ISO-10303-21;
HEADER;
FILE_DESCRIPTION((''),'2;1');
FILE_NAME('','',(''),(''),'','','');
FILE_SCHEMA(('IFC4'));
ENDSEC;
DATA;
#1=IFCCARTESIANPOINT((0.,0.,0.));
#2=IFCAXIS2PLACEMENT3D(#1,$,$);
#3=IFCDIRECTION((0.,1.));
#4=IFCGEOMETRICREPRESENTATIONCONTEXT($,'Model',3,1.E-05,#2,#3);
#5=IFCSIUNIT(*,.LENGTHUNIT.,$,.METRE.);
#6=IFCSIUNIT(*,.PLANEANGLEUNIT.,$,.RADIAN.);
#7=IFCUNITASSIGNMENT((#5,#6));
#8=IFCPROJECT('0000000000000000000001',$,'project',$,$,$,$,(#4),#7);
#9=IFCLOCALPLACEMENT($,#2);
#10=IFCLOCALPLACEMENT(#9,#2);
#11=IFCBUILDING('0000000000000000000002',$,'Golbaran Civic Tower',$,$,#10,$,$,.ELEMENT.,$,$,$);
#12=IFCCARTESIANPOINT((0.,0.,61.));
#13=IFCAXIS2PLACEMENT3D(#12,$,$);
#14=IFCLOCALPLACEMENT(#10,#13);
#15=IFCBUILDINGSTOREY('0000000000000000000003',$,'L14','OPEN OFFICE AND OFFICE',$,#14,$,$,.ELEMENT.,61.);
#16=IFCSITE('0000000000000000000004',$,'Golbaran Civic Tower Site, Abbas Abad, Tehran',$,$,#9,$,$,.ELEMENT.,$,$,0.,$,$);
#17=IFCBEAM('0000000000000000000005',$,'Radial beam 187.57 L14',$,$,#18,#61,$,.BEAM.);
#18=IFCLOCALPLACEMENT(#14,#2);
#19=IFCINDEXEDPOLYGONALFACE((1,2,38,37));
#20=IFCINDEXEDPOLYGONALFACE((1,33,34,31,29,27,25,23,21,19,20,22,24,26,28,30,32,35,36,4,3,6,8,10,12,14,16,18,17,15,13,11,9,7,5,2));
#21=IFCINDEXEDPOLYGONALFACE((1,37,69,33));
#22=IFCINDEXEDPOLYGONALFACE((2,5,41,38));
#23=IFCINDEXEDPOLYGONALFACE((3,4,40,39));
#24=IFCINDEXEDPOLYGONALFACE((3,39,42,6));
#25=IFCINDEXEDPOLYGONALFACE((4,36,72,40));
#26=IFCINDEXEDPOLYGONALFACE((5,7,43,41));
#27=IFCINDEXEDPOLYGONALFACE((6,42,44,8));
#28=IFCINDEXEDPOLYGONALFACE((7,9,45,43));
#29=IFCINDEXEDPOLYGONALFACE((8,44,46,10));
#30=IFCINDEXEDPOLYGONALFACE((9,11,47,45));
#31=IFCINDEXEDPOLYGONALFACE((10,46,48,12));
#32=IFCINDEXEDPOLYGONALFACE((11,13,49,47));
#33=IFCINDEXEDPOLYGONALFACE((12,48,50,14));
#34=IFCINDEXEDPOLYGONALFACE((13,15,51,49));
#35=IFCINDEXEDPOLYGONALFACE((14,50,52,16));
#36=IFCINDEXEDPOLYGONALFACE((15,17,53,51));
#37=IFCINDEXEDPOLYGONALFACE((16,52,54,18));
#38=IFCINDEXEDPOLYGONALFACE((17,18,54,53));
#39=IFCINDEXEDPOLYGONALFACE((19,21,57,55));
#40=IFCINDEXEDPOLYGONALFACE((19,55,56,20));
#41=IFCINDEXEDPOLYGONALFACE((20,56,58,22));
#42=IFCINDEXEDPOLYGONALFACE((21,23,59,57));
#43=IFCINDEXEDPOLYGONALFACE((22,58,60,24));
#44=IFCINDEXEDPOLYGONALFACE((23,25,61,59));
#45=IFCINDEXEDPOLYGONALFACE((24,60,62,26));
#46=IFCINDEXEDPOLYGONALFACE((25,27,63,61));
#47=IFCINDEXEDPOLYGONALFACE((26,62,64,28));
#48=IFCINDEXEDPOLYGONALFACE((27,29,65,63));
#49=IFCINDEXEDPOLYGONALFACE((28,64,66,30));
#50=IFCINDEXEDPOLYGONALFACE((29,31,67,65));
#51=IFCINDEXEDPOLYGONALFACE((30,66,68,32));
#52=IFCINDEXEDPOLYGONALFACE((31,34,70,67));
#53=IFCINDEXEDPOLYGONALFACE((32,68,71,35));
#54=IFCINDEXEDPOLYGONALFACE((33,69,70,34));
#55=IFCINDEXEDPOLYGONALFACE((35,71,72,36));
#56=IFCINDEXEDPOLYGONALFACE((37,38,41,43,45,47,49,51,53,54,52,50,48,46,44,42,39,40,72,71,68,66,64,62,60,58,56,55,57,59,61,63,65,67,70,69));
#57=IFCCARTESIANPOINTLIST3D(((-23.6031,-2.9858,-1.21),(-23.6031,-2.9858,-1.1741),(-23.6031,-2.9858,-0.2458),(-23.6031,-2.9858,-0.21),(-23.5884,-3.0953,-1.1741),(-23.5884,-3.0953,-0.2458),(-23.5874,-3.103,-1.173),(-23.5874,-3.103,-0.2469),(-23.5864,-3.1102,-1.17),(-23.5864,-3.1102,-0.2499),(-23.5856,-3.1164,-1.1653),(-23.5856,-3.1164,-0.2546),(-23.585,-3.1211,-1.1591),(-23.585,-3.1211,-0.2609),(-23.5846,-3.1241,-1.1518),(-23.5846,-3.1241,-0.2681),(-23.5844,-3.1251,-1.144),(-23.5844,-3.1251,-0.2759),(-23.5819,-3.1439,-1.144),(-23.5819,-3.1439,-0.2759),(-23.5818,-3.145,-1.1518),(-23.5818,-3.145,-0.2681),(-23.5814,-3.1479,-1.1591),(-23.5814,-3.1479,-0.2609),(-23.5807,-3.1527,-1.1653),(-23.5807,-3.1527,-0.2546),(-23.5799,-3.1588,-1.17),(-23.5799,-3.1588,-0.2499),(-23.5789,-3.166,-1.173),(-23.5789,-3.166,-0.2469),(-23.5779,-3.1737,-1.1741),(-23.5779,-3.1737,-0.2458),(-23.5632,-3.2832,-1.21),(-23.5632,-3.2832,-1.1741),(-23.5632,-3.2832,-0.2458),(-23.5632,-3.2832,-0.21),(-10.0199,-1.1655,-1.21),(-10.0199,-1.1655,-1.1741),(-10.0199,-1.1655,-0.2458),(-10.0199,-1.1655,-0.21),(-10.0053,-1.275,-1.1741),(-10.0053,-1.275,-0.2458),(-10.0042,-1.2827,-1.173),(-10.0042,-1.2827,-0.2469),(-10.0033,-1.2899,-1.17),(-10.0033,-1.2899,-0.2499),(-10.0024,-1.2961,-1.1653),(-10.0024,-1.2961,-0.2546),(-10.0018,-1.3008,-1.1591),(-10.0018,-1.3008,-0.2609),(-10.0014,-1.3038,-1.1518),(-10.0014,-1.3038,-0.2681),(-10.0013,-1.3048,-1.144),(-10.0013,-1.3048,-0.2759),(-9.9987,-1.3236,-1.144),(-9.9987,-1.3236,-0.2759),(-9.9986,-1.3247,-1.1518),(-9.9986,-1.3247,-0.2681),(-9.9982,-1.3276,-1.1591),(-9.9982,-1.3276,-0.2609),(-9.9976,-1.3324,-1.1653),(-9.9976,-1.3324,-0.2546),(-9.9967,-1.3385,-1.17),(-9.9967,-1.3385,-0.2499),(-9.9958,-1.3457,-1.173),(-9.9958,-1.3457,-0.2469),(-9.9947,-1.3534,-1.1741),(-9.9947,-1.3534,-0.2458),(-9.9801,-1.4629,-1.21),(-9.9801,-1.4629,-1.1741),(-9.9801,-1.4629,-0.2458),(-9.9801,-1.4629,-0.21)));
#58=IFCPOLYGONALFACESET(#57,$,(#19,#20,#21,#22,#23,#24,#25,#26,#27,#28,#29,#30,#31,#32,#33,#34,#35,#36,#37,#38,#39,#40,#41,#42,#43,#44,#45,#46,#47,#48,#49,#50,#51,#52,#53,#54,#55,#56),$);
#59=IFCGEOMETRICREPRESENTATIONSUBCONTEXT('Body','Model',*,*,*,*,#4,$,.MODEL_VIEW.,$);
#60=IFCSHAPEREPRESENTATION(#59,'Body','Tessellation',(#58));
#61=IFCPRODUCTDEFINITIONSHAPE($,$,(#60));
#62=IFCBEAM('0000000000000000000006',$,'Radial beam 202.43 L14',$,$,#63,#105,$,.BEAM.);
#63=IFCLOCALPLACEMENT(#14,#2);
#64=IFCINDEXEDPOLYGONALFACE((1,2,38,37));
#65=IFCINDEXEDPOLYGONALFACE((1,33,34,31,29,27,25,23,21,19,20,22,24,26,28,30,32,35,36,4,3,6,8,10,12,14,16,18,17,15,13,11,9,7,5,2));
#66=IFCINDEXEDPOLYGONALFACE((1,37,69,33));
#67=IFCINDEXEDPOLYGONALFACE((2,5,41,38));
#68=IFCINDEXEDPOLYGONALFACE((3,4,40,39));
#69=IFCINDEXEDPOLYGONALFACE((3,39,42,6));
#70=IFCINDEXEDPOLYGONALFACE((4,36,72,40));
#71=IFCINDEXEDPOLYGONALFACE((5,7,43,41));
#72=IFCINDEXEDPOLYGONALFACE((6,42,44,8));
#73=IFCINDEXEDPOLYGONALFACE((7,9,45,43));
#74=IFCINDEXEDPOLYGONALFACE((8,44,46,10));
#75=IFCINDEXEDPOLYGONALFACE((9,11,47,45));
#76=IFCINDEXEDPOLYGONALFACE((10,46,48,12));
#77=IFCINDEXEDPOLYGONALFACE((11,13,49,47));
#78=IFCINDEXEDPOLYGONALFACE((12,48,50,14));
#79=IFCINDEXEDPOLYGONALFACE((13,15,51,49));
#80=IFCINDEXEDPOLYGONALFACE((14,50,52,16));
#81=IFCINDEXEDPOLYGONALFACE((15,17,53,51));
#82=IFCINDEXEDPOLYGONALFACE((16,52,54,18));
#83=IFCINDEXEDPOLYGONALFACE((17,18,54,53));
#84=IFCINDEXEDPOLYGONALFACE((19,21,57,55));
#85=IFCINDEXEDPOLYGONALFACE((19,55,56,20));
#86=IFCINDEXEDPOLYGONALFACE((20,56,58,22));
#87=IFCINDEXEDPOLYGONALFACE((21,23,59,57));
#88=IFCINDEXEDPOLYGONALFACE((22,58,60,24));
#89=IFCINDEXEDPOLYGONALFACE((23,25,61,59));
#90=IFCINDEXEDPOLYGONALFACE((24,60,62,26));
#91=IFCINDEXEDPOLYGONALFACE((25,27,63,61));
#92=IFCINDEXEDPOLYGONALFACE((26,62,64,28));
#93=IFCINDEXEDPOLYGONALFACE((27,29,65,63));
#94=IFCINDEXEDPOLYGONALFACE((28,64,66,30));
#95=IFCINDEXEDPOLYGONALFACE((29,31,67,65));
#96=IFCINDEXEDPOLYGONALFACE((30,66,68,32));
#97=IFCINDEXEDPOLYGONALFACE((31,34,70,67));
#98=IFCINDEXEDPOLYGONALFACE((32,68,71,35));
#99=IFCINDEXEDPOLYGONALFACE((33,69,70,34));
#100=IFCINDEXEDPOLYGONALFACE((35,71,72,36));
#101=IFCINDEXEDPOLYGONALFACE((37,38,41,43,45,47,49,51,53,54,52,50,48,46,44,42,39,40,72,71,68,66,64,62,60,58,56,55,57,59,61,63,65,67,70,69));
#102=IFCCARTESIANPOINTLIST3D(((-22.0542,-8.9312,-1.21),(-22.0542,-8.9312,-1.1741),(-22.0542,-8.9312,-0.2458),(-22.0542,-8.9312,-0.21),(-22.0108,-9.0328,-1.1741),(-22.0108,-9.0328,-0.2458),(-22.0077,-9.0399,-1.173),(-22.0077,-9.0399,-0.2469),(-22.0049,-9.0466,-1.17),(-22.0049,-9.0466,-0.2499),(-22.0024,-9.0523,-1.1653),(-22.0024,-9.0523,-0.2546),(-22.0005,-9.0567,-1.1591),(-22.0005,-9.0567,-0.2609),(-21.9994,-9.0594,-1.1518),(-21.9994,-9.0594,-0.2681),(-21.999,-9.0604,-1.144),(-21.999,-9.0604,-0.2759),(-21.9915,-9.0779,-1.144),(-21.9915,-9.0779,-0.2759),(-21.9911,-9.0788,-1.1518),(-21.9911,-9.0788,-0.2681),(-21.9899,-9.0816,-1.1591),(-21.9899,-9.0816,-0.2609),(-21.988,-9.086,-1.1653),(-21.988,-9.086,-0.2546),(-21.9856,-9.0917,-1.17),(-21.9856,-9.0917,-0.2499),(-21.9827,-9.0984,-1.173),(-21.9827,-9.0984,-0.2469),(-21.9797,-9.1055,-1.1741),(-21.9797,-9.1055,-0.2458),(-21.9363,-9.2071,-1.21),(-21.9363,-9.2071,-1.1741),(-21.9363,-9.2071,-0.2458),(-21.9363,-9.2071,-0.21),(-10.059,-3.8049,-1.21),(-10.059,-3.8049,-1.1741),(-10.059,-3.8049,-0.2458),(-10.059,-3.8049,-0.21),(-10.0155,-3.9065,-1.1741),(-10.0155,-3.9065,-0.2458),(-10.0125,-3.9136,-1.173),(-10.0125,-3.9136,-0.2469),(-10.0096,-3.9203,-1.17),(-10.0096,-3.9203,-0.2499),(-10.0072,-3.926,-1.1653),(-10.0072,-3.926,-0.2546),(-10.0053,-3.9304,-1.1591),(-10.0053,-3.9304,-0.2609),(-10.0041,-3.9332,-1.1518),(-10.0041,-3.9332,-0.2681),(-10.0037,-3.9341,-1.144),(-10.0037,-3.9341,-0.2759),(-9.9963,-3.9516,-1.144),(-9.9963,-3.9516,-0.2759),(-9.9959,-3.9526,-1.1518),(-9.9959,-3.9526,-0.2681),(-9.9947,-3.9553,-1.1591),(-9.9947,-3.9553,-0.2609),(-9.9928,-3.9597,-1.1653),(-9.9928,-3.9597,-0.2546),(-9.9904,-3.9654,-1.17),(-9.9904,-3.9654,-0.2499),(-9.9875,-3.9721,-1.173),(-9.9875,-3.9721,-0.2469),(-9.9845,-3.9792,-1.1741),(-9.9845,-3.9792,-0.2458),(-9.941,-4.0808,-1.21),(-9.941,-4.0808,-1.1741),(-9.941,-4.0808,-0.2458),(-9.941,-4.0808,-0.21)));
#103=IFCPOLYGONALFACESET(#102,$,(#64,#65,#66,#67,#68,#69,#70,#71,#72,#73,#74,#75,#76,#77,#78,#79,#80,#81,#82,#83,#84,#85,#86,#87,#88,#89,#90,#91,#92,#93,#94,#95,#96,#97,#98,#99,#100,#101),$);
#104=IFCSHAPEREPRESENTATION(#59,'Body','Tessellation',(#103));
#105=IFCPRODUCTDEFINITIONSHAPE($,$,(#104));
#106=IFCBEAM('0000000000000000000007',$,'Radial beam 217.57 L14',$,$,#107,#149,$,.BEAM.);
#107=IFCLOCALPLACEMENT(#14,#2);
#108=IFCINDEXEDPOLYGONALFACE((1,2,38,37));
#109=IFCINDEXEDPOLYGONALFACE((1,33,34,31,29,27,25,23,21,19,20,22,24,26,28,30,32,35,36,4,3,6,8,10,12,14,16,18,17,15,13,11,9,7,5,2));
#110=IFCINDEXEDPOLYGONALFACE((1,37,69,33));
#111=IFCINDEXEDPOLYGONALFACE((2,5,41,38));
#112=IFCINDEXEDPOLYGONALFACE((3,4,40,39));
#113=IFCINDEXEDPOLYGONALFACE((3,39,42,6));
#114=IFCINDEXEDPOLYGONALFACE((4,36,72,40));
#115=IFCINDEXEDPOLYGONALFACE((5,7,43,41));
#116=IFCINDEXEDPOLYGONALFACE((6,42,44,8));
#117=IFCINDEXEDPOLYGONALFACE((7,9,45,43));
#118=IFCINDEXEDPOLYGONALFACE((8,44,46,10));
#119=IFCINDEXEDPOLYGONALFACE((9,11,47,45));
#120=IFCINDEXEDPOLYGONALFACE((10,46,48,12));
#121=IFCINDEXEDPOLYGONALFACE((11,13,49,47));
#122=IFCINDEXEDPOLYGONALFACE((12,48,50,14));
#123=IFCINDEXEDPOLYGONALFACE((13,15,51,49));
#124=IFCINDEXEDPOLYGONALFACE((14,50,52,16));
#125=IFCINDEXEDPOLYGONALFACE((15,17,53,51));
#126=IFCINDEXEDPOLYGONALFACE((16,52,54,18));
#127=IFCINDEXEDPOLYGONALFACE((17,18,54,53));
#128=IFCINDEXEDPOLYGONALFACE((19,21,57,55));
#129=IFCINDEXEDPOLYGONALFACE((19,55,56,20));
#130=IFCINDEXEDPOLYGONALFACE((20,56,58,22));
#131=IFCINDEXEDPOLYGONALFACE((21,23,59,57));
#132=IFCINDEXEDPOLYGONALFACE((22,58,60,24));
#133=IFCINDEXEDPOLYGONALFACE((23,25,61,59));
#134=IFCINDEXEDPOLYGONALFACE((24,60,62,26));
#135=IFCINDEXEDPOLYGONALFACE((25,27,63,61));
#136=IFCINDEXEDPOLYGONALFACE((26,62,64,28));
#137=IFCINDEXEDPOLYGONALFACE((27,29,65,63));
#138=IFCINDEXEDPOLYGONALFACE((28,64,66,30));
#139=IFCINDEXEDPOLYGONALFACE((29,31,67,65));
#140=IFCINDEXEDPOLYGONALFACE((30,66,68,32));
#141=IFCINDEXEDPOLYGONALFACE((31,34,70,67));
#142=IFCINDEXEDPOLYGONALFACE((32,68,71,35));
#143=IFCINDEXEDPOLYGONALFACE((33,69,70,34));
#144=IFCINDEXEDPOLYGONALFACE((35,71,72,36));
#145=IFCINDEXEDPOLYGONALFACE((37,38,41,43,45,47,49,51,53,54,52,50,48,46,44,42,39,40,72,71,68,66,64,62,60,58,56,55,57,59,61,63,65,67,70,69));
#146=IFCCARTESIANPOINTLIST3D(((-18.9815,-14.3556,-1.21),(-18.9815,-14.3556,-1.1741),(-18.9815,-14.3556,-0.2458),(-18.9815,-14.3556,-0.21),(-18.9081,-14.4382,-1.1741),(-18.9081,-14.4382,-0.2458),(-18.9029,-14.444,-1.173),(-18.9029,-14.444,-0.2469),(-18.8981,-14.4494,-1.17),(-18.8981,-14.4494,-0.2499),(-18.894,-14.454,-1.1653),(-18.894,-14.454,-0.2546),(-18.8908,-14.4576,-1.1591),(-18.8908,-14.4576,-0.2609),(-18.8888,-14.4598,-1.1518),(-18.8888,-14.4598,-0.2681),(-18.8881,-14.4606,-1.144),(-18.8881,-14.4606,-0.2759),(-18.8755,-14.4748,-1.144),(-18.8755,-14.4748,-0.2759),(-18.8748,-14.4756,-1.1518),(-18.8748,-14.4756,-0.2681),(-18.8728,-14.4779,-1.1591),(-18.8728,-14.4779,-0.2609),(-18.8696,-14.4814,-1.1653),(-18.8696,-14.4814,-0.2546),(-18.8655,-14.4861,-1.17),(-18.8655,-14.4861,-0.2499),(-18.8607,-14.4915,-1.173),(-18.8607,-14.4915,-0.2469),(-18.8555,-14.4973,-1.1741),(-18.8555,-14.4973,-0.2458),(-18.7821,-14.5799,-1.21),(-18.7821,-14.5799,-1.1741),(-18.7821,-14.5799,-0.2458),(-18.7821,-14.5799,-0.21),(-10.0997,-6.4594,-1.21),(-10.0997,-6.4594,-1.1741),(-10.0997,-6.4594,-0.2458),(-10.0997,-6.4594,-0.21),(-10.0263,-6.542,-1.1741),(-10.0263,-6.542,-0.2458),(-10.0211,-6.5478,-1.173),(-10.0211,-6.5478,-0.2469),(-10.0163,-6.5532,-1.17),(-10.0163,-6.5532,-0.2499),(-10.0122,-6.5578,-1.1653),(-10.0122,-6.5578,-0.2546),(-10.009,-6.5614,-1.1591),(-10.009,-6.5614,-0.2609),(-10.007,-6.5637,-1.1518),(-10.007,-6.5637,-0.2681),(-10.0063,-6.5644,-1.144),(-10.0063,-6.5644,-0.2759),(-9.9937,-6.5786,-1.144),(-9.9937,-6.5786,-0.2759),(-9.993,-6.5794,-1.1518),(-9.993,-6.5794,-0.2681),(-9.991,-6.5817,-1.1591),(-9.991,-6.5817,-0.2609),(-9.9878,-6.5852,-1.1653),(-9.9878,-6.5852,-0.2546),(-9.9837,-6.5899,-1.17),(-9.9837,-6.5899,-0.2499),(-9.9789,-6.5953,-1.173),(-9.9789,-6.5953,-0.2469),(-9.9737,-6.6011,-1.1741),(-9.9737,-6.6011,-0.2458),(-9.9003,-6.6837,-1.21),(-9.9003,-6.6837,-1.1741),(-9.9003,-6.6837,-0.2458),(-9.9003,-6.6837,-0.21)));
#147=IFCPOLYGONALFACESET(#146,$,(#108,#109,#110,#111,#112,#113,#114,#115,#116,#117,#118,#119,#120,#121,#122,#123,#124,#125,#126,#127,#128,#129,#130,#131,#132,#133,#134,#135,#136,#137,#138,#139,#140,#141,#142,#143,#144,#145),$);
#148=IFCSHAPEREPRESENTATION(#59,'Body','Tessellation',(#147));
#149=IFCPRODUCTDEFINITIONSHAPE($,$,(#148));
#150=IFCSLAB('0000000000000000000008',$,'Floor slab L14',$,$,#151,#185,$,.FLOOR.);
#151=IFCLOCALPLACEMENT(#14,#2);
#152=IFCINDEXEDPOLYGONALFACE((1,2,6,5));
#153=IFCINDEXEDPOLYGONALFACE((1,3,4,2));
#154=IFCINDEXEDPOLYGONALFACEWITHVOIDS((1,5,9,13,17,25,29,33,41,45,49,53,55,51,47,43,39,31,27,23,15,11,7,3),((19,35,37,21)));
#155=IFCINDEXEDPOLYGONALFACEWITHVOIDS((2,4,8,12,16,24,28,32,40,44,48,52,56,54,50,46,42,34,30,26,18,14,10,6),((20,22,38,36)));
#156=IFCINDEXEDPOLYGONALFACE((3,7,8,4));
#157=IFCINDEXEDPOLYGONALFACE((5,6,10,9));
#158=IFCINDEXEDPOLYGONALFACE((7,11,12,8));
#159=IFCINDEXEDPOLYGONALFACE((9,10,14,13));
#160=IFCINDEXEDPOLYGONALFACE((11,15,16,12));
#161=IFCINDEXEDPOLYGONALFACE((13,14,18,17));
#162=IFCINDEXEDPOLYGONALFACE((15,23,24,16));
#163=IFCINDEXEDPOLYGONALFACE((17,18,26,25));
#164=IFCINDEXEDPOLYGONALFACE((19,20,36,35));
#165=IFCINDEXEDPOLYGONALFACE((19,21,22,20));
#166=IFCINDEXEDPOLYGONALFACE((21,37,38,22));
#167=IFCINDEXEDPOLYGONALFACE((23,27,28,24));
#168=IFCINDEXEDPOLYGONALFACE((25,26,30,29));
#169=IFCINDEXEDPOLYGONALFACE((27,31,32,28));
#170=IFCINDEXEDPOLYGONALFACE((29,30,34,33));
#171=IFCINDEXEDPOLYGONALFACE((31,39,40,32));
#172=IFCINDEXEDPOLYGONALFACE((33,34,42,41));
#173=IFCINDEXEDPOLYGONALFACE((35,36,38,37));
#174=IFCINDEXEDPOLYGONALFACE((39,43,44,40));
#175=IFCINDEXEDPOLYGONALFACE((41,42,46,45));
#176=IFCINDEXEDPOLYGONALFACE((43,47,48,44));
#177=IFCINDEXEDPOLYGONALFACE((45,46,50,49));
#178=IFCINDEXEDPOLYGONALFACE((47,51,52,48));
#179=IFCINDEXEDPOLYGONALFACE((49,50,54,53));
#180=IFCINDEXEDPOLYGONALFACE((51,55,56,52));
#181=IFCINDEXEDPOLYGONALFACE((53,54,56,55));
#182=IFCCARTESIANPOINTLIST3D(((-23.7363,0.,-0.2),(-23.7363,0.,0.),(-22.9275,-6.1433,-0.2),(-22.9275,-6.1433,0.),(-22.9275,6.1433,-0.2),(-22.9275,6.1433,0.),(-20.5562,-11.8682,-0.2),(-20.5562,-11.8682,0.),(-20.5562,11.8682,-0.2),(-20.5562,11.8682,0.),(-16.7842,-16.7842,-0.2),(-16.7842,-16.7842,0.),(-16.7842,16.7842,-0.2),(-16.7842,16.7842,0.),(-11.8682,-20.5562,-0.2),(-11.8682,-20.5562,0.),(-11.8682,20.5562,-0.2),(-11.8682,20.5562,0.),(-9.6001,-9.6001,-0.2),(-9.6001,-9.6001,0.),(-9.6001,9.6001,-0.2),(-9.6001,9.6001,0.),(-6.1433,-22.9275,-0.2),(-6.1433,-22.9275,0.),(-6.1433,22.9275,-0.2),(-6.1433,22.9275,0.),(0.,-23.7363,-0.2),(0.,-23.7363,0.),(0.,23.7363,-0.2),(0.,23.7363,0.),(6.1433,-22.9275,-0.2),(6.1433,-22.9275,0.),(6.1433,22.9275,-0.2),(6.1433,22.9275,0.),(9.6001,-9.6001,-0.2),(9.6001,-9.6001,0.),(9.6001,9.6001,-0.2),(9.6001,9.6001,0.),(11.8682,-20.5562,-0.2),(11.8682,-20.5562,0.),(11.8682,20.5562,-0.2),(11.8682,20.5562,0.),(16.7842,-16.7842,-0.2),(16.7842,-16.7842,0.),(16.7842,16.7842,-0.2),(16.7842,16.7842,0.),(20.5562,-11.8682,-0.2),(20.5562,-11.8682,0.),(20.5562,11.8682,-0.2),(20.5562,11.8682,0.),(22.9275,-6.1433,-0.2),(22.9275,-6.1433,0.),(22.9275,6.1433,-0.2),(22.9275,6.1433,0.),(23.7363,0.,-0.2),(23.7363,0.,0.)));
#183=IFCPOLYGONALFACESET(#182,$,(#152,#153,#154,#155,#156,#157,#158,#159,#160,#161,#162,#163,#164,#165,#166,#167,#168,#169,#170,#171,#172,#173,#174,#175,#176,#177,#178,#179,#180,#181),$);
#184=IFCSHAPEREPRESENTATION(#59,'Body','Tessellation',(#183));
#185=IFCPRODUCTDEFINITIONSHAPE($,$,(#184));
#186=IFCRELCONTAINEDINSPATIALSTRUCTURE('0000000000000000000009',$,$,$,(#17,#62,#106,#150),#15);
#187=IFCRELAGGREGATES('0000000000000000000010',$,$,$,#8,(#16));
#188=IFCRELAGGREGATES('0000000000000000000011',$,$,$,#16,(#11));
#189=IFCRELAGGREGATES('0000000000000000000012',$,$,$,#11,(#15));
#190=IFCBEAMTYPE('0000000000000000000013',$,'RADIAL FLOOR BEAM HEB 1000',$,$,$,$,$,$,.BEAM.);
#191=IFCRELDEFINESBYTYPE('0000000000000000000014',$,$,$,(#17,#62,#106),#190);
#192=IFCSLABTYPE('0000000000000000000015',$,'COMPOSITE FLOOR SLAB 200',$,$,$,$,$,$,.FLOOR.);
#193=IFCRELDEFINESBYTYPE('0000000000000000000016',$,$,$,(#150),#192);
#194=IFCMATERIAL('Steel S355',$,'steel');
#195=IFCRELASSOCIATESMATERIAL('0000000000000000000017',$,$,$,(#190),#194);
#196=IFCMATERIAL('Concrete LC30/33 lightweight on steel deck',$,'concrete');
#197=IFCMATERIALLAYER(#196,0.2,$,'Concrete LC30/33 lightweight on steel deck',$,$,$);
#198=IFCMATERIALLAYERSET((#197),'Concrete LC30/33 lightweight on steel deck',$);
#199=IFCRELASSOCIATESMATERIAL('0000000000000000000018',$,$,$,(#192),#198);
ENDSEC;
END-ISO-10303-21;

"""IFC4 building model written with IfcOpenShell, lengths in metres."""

from ifc_helpers import new_model, si_unit, direction, frame, origin, origin_2d, place, context, subcontext, project, spatial, polyline, i_section, outline, extrude, material, layer, layer_set, material_profile, profile_set, type_object, element, save


model = new_model("IFC4")

# Units and contexts
model_context = context("Model", 3, precision=1e-05, world=origin(), true_north=direction((0.0, 1.0)))
body_context = subcontext(model_context, "Body", "Model", "MODEL_VIEW")
ifc_project = project(units=[si_unit("LENGTHUNIT", "METRE"), si_unit("PLANEANGLEUNIT", "RADIAN")], contexts=[model_context])

# Site, building, storey
site_placement = place(None, origin())
site = spatial("IfcSite", under=ifc_project, at=site_placement, Name="Golbaran Civic Tower Site, Abbas Abad, Tehran", CompositionType="ELEMENT", RefElevation=0.0)
building_placement = place(site_placement, origin())
building = spatial("IfcBuilding", under=site, at=building_placement, Name="Golbaran Civic Tower", CompositionType="ELEMENT")
storey_placement = place(building_placement, frame((0.0, 0.0, 61.0)))
storey = spatial("IfcBuildingStorey", under=building, at=storey_placement, Name="L14", Description="OPEN OFFICE AND OFFICE", CompositionType="ELEMENT", Elevation=61.0)

# Beams
ifc_material_1 = material(Name="Steel S355", Category="steel")
ifc_material_profile = material_profile(ifc_material_1, i_section(OverallWidth=0.3, OverallDepth=1.0, WebThickness=0.019, FlangeThickness=0.0359, FilletRadius=0.03, at=origin_2d()), Name="HEB 1000")
ifc_profile_set = profile_set([ifc_material_profile], Name="Steel S355")
beam_type = type_object("IfcBeamType", Name="RADIAL FLOOR BEAM HEB 1000", PredefinedType="BEAM", material=ifc_profile_set)
beam_1_placement = place(storey_placement, frame((-10.0, -1.3142, -0.71), z_axis=(-0.99114, -0.132824, 0.0), x_axis=(0.132824, -0.99114, 0.0)))
element("IfcBeam", 1, at=beam_1_placement, inside=storey, type_object=beam_type, Name="Radial beam 187.57 L14", PredefinedType="BEAM", context=body_context, shape_type="SweptSolid", body=[
    extrude(i_section(OverallWidth=0.3, OverallDepth=1.0, WebThickness=0.019, FlangeThickness=0.0359, FilletRadius=0.03, at=origin_2d()), origin(), (0.0, 0.0, 1.0), 13.7046),
])
beam_2_placement = place(storey_placement, frame((-10.0, -3.9429, -0.71), z_axis=(-0.919548, -0.392977, 0.0), x_axis=(0.392977, -0.919548, 0.0)))
element("IfcBeam", 2, at=beam_2_placement, inside=storey, type_object=beam_type, Name="Radial beam 202.43 L14", PredefinedType="BEAM", context=body_context, shape_type="SweptSolid", body=[
    extrude(i_section(OverallWidth=0.3, OverallDepth=1.0, WebThickness=0.019, FlangeThickness=0.0359, FilletRadius=0.03, at=origin_2d()), origin(), (0.0, 0.0, 1.0), 13.0447),
])
beam_3_placement = place(storey_placement, frame((-10.0, -6.5715, -0.71), z_axis=(-0.747356, -0.664424, 0.0), x_axis=(0.664424, -0.747356, 0.0)))
element("IfcBeam", 3, at=beam_3_placement, inside=storey, type_object=beam_type, Name="Radial beam 217.57 L14", PredefinedType="BEAM", context=body_context, shape_type="SweptSolid", body=[
    extrude(i_section(OverallWidth=0.3, OverallDepth=1.0, WebThickness=0.019, FlangeThickness=0.0359, FilletRadius=0.03, at=origin_2d()), origin(), (0.0, 0.0, 1.0), 11.8843),
])

# Slab
ifc_material_2 = material(Name="Concrete LC30/33 lightweight on steel deck", Category="concrete")
ifc_layer_1 = layer(ifc_material_2, 0.2, Name="Concrete LC30/33 lightweight on steel deck")
ifc_layer_set_1 = layer_set([ifc_layer_1], Name="Concrete LC30/33 lightweight on steel deck")
slab_type_1 = type_object("IfcSlabType", Name="COMPOSITE FLOOR SLAB 200", PredefinedType="FLOOR", material=ifc_layer_set_1)
slab_1_placement = place(storey_placement, frame((0.0, 0.0, -0.2)))
element("IfcSlab", 4, at=slab_1_placement, inside=storey, type_object=slab_type_1, Name="Floor slab L14", PredefinedType="FLOOR", context=body_context, shape_type="SweptSolid", body=[
    extrude(outline(polyline([(20.5562, -11.8682), (16.7842, -16.7842), (11.8682, -20.5562), (6.1433, -22.9275), (0.0, -23.7363), (-6.1433, -22.9275), (-11.8682, -20.5562), (-16.7842, -16.7842), (-20.5562, -11.8682), (-22.9275, -6.1433), (-23.7363, 0.0), (-22.9275, 6.1433), (-20.5562, 11.8682), (-16.7842, 16.7842), (-11.8682, 20.5562), (-6.1433, 22.9275), (0.0, 23.7363), (6.1433, 22.9275), (11.8682, 20.5562), (16.7842, 16.7842), (20.5562, 11.8682), (22.9275, 6.1433), (23.7363, 0.0), (22.9275, -6.1433), (20.5562, -11.8682)]), holes=[polyline([(-9.6001, 9.6001), (-9.6001, -9.6001), (9.6001, -9.6001), (9.6001, 9.6001), (-9.6001, 9.6001)])]), origin(), (0.0, 0.0, 1.0), 0.2),
])

save(model, "model.ifc")
